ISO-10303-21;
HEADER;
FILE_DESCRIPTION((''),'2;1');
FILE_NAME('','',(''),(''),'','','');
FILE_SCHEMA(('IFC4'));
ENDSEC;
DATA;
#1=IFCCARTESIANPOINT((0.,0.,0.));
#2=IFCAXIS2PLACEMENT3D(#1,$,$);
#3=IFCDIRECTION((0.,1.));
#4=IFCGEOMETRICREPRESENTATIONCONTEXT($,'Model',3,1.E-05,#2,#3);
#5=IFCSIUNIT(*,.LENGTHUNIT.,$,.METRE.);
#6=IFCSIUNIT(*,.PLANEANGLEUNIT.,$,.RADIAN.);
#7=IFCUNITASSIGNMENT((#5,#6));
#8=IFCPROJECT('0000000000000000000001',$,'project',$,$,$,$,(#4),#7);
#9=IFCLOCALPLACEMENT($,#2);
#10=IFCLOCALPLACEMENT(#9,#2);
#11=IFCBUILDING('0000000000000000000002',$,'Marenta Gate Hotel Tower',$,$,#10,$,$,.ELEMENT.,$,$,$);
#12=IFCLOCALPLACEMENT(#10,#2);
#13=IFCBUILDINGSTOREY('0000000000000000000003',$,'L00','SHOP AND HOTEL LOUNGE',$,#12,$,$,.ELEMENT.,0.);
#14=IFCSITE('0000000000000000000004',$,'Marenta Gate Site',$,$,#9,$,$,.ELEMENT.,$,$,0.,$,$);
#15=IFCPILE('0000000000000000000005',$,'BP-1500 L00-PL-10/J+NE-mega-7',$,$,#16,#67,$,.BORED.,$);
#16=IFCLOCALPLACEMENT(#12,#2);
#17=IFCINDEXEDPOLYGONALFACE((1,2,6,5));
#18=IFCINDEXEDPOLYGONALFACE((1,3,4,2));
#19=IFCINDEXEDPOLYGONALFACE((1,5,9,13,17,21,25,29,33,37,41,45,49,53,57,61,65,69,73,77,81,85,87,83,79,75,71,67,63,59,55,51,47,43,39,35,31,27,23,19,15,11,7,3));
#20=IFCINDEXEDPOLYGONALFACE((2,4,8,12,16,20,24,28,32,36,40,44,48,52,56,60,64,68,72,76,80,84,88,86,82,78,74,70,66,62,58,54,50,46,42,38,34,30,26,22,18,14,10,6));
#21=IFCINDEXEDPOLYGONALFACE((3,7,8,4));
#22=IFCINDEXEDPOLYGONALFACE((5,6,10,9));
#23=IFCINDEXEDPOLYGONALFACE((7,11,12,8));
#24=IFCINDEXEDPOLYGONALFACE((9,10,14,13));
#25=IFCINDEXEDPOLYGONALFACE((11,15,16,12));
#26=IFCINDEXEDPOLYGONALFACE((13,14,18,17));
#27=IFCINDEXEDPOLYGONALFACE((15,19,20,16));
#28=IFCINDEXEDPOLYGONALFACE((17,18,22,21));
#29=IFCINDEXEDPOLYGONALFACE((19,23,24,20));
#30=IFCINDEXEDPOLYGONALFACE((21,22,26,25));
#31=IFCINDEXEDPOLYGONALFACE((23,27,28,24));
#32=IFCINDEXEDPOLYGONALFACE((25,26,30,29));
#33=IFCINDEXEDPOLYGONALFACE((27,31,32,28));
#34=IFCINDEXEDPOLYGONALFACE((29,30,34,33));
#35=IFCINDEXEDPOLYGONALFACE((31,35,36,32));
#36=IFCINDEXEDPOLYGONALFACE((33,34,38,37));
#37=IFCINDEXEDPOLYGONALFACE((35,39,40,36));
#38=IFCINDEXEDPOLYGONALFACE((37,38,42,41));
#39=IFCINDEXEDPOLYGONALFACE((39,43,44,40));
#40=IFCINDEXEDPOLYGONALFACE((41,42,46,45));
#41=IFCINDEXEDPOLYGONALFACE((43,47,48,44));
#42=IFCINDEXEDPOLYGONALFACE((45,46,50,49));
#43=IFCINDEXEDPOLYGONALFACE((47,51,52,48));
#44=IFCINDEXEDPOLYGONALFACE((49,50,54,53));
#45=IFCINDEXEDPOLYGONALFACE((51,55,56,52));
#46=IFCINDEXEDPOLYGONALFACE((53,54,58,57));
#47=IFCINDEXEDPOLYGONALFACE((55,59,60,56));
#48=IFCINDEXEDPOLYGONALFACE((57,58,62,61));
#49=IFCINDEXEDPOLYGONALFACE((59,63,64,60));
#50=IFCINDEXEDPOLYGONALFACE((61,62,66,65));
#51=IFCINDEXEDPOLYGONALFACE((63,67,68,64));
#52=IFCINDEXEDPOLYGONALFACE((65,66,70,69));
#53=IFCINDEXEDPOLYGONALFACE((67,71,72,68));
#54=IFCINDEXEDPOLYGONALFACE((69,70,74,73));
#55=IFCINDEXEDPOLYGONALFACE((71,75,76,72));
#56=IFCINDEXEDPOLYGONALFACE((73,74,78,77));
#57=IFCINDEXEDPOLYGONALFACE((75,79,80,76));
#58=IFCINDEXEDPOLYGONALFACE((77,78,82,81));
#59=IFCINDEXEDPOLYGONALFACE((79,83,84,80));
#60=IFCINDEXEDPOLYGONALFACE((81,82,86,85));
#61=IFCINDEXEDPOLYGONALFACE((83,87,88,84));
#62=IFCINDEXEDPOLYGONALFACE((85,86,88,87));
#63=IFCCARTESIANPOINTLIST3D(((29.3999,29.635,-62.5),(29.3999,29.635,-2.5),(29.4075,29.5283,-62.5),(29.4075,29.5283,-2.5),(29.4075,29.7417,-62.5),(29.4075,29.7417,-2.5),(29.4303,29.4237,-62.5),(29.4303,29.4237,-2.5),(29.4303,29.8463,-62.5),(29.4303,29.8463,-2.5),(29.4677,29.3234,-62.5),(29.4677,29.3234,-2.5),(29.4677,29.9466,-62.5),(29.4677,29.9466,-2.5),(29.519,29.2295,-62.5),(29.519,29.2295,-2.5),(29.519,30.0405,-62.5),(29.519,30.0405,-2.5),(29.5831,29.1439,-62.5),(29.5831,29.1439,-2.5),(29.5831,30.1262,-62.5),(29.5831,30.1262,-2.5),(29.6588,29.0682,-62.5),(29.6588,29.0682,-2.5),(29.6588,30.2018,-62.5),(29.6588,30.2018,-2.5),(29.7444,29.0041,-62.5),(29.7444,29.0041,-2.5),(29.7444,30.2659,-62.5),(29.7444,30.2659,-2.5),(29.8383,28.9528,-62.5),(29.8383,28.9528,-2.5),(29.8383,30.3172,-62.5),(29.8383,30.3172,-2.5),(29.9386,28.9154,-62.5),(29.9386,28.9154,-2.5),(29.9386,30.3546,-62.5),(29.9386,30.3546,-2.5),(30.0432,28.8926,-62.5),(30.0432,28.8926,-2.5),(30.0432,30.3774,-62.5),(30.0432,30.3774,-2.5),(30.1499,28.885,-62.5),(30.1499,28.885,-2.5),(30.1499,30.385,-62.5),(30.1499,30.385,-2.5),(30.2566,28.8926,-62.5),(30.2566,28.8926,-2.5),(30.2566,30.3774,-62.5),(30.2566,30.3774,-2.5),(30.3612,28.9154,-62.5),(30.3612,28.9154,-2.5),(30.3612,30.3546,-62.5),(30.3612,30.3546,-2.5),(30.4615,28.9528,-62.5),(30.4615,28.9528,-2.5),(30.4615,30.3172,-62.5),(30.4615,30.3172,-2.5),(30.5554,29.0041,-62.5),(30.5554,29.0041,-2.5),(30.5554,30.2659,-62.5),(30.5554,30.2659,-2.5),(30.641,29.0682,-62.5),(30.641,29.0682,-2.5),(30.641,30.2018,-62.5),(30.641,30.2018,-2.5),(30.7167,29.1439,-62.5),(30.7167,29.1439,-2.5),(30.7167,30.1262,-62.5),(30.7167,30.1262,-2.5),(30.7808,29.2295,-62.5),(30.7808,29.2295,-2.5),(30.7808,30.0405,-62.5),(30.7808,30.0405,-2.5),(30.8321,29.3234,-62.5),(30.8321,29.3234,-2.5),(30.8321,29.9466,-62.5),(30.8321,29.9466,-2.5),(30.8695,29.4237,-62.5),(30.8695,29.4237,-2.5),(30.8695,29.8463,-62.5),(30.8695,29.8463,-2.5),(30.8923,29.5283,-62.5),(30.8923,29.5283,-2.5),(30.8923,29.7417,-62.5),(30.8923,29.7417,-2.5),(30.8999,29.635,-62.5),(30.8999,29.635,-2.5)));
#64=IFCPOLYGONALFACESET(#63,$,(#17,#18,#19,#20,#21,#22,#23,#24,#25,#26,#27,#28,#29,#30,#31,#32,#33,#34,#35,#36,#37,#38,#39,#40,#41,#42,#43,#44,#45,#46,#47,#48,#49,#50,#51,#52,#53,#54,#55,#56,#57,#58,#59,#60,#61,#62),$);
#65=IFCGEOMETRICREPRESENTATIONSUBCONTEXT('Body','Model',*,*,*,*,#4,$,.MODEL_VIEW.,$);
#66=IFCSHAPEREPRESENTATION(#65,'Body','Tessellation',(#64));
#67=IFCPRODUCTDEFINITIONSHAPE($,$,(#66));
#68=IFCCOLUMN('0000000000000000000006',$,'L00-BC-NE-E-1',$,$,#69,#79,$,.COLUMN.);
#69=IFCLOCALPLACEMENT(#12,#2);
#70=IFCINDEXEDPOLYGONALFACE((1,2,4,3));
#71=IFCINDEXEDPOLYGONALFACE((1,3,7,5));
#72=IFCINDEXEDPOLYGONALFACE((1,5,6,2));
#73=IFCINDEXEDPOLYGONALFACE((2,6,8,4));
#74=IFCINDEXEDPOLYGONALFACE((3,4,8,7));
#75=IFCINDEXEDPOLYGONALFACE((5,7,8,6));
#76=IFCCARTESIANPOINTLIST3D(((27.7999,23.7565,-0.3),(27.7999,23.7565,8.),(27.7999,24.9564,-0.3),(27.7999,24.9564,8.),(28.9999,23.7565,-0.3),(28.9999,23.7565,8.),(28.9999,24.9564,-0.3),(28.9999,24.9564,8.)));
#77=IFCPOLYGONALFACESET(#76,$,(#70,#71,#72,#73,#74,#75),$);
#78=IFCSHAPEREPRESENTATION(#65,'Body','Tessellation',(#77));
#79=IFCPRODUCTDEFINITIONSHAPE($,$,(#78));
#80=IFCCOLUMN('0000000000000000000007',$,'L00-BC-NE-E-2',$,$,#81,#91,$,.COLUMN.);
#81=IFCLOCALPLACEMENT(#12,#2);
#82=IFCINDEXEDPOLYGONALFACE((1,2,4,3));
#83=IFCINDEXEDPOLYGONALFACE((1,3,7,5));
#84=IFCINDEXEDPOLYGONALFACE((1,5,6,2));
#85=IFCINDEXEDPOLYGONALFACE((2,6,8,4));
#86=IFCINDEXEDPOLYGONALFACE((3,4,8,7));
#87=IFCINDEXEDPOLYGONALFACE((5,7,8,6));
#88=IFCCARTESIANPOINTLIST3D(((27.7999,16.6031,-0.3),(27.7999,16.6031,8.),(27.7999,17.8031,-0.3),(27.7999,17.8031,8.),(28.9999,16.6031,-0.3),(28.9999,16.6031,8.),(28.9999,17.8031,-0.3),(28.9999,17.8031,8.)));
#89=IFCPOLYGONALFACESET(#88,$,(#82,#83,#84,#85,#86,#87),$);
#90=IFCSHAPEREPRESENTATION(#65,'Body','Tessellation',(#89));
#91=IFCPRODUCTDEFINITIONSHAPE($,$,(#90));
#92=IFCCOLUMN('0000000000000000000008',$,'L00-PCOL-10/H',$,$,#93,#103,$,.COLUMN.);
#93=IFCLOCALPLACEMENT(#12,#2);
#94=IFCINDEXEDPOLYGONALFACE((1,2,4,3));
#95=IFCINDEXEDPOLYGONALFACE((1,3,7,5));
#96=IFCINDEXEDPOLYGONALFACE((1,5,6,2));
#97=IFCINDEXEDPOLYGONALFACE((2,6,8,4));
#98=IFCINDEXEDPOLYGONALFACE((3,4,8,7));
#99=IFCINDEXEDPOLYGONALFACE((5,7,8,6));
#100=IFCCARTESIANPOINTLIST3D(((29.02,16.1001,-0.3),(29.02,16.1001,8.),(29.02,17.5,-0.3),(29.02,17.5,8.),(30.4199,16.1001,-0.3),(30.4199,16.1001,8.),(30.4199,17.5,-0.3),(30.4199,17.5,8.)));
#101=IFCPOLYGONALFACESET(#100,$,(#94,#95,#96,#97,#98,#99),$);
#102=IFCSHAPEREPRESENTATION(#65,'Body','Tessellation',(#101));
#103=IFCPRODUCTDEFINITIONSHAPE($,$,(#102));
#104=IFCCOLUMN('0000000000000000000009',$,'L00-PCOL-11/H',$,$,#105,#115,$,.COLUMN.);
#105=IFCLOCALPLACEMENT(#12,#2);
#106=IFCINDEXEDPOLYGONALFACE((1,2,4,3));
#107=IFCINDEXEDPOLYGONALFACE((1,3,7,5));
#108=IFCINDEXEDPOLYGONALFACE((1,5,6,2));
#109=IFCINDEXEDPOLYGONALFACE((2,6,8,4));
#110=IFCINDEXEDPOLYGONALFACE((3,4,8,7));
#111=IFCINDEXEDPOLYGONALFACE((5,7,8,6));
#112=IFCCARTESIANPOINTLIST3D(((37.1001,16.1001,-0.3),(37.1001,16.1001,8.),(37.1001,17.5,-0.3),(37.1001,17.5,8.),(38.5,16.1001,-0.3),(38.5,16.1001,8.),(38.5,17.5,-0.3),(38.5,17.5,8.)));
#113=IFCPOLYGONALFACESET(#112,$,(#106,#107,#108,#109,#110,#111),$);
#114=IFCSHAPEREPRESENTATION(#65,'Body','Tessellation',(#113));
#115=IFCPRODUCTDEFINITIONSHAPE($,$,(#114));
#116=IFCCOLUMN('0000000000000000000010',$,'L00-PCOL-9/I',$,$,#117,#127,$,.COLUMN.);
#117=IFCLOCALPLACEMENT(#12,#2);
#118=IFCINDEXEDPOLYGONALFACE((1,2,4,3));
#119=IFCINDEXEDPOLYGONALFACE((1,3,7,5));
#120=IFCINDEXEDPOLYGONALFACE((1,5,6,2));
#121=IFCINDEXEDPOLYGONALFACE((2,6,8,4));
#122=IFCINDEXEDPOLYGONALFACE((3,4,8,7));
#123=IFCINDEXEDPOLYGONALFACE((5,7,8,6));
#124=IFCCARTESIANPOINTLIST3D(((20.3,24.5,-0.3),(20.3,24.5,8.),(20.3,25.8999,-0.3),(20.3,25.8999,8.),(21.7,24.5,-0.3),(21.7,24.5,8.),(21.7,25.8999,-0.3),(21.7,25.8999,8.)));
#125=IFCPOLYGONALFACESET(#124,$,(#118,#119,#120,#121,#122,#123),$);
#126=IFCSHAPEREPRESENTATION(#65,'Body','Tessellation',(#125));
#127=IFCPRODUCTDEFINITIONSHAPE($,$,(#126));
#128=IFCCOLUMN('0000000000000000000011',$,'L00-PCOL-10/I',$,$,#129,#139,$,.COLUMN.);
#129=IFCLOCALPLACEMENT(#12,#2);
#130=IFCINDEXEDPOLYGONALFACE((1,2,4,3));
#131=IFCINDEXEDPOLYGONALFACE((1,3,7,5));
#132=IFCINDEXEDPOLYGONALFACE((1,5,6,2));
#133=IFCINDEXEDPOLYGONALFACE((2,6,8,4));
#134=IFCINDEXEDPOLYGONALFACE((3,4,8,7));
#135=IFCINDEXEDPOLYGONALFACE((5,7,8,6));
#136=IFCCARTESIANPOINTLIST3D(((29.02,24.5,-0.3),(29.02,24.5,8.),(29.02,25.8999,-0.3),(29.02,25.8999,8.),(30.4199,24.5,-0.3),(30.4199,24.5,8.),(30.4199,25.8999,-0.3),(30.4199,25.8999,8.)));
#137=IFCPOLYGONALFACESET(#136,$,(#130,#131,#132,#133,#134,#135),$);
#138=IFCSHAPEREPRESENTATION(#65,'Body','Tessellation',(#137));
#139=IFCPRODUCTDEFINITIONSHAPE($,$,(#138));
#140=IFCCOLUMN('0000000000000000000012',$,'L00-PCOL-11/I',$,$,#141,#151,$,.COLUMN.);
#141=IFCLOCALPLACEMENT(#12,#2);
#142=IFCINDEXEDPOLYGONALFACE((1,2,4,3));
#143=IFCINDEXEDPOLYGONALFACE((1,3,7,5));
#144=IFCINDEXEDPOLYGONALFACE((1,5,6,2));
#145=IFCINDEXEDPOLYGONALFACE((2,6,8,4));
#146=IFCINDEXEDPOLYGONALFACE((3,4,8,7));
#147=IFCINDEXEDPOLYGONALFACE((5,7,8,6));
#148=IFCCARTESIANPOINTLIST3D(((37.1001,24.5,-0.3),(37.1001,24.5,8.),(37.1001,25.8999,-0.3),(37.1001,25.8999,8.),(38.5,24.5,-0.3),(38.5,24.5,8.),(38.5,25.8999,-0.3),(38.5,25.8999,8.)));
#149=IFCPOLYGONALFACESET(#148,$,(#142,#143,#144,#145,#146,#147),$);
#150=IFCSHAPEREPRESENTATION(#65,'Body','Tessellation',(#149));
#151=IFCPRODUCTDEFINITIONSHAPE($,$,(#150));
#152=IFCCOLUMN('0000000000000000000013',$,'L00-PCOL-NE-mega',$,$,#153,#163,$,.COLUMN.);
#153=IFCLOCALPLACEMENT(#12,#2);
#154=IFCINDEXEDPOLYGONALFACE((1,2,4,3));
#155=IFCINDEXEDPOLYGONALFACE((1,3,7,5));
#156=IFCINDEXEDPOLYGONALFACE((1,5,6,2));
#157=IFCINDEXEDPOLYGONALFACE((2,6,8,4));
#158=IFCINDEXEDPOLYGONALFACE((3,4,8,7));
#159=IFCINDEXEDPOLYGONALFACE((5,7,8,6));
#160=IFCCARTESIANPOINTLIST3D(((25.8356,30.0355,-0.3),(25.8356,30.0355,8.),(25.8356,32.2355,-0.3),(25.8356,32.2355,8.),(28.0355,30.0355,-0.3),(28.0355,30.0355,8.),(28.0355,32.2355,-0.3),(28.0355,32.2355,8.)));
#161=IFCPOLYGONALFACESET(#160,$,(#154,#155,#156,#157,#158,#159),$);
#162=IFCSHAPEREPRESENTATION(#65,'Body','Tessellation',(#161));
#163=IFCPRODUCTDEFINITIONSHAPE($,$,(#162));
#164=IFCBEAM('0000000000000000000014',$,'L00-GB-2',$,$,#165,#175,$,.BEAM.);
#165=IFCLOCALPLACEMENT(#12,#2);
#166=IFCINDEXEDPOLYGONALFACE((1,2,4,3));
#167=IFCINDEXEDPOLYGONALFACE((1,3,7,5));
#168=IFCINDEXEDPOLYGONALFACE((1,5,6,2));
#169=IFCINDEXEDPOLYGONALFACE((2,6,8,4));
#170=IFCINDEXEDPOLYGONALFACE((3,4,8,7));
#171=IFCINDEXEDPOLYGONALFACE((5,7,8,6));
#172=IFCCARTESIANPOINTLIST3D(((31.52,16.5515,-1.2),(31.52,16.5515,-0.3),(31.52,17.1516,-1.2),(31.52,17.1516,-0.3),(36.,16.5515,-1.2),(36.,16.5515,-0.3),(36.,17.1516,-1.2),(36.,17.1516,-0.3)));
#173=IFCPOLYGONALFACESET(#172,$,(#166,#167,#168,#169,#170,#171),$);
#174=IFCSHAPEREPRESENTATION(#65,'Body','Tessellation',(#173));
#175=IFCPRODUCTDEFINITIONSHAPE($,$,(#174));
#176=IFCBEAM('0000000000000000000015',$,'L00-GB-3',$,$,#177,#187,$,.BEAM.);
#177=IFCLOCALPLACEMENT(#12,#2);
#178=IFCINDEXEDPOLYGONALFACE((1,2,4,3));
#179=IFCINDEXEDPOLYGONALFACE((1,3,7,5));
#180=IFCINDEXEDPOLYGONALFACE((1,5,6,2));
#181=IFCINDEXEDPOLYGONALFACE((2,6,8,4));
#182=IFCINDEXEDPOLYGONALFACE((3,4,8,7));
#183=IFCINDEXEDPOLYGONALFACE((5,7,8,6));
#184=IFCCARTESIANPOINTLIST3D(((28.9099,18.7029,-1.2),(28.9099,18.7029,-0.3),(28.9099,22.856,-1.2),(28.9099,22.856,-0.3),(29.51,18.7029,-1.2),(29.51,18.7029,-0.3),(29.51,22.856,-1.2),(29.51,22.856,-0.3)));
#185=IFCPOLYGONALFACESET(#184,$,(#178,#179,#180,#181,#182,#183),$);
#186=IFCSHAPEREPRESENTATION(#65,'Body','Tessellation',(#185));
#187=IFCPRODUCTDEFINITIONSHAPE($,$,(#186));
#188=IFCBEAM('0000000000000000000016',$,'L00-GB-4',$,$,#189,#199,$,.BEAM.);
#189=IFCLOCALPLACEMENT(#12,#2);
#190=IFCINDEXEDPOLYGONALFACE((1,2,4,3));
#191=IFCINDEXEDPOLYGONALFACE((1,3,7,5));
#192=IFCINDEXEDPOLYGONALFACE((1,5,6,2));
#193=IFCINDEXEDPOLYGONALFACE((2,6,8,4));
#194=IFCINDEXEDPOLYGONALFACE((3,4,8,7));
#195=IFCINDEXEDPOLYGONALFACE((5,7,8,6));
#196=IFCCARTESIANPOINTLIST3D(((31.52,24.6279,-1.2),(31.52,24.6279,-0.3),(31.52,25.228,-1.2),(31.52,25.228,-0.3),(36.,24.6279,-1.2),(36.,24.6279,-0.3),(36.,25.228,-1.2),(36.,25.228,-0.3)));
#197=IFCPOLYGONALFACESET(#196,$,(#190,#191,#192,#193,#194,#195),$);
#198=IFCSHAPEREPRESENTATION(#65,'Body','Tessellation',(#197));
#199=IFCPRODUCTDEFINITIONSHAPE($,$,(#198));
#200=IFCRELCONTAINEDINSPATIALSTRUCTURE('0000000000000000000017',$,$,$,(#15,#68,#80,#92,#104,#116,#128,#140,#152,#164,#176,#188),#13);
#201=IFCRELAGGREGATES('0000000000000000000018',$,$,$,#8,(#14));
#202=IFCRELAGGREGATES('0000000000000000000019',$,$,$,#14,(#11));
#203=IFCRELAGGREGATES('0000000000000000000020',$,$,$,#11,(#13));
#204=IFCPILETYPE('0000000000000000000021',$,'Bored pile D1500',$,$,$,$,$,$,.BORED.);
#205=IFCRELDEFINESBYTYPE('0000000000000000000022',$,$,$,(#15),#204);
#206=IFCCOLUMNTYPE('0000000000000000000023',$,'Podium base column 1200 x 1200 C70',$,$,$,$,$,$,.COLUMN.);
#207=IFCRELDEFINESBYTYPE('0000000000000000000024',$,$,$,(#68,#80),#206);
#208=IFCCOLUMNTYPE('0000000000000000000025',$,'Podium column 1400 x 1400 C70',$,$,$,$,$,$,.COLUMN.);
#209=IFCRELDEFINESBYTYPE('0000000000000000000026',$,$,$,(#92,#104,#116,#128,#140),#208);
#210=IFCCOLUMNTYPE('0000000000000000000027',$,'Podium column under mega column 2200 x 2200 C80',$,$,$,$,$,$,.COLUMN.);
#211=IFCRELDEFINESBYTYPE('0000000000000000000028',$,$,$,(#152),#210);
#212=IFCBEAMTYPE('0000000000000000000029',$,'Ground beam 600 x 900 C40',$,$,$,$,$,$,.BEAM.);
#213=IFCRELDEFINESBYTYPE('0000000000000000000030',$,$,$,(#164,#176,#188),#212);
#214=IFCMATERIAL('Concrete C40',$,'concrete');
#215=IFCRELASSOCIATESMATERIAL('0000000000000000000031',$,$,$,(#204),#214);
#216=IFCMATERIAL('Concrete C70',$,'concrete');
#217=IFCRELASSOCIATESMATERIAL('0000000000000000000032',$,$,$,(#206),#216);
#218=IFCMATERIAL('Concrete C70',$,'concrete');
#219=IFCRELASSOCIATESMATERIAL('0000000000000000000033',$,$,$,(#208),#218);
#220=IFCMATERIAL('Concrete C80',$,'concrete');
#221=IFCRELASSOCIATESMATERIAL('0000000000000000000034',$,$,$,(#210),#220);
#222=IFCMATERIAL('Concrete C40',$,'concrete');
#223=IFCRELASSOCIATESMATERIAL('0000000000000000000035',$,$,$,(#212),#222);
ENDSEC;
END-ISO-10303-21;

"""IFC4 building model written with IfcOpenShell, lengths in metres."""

from ifc_helpers import new_model, si_unit, direction, frame, origin, origin_2d, place, context, subcontext, project, spatial, rectangle, circle, extrude, material, material_profile, profile_set, type_object, element, save


model = new_model("IFC4")

# Units and contexts
model_context = context("Model", 3, precision=1e-05, world=origin(), true_north=direction((0.0, 1.0)))
body_context = subcontext(model_context, "Body", "Model", "MODEL_VIEW")
ifc_project = project(units=[si_unit("LENGTHUNIT", "METRE"), si_unit("PLANEANGLEUNIT", "RADIAN")], contexts=[model_context])

# Site, building, storey
site_placement = place(None, origin())
site = spatial("IfcSite", under=ifc_project, at=site_placement, Name="Marenta Gate Site", CompositionType="ELEMENT", RefElevation=0.0)
building_placement = place(site_placement, origin())
building = spatial("IfcBuilding", under=site, at=building_placement, Name="Marenta Gate Hotel Tower", CompositionType="ELEMENT")
storey_placement = place(building_placement, origin())
storey = spatial("IfcBuildingStorey", under=building, at=storey_placement, Name="L00", Description="SHOP AND HOTEL LOUNGE", CompositionType="ELEMENT", Elevation=0.0)

# Pile
ifc_material_1 = material(Name="Concrete C40", Category="concrete")
pile_type = type_object("IfcPileType", Name="Bored pile D1500", PredefinedType="BORED", material=ifc_material_1)
for number, where, z_axis, x_axis, name in (
    (1, (30.1499, 29.635, -2.5), (0.0, 0.0, -1.0), (1.0, 0.0, 0.0), "BP-1500 L00-PL-10/J+NE-mega-7"),
):
    element("IfcPile", number, at=place(storey_placement, frame(where, z_axis=z_axis, x_axis=x_axis)), inside=storey, type_object=pile_type, Name=name, PredefinedType="BORED", context=body_context, shape_type="SweptSolid", body=[
        extrude(circle(Radius=0.75, at=origin_2d()), origin(), (0.0, 0.0, 1.0), 60.0),
    ])

# Columns
ifc_material_2 = material(Name="Concrete C70", Category="concrete")
ifc_material_profile_1 = material_profile(ifc_material_2, rectangle(XDim=1.2, YDim=1.2, at=origin_2d()), Name="1200 x 1200")
ifc_profile_set_1 = profile_set([ifc_material_profile_1], Name="Concrete C70")
column_type_1 = type_object("IfcColumnType", Name="Podium base column 1200 x 1200 C70", PredefinedType="COLUMN", material=ifc_profile_set_1)
for number, where, z_axis, x_axis, name in (
    (2, (28.3999, 24.3564, -0.3), (0.0, 0.0, 1.0), (1.0, 0.0, 0.0), "L00-BC-NE-E-1"),
    (3, (28.3999, 17.2031, -0.3), (0.0, 0.0, 1.0), (1.0, 0.0, 0.0), "L00-BC-NE-E-2"),
):
    element("IfcColumn", number, at=place(storey_placement, frame(where, z_axis=z_axis, x_axis=x_axis)), inside=storey, type_object=column_type_1, Name=name, PredefinedType="COLUMN", context=body_context, shape_type="SweptSolid", body=[
        extrude(rectangle(XDim=1.2, YDim=1.2, at=origin_2d()), origin(), (0.0, 0.0, 1.0), 8.3),
    ])
ifc_material_3 = material(Name="Concrete C70", Category="concrete")
ifc_material_profile_2 = material_profile(ifc_material_3, rectangle(XDim=1.3999, YDim=1.3999, at=origin_2d()), Name="1400 x 1400")
ifc_profile_set_2 = profile_set([ifc_material_profile_2], Name="Concrete C70")
column_type_2 = type_object("IfcColumnType", Name="Podium column 1400 x 1400 C70", PredefinedType="COLUMN", material=ifc_profile_set_2)
for number, where, z_axis, x_axis, name in (
    (4, (29.72, 16.8, -0.3), (0.0, 0.0, 1.0), (1.0, 0.0, 0.0), "L00-PCOL-10/H"),
    (5, (37.8, 16.8, -0.3), (0.0, 0.0, 1.0), (1.0, 0.0, 0.0), "L00-PCOL-11/H"),
    (6, (21.0, 25.2, -0.3), (0.0, 0.0, 1.0), (1.0, 0.0, 0.0), "L00-PCOL-9/I"),
    (7, (29.72, 25.2, -0.3), (0.0, 0.0, 1.0), (1.0, 0.0, 0.0), "L00-PCOL-10/I"),
    (8, (37.8, 25.2, -0.3), (0.0, 0.0, 1.0), (1.0, 0.0, 0.0), "L00-PCOL-11/I"),
):
    element("IfcColumn", number, at=place(storey_placement, frame(where, z_axis=z_axis, x_axis=x_axis)), inside=storey, type_object=column_type_2, Name=name, PredefinedType="COLUMN", context=body_context, shape_type="SweptSolid", body=[
        extrude(rectangle(XDim=1.3999, YDim=1.3999, at=origin_2d()), origin(), (0.0, 0.0, 1.0), 8.3),
    ])
ifc_material_4 = material(Name="Concrete C80", Category="concrete")
ifc_material_profile_3 = material_profile(ifc_material_4, rectangle(XDim=2.2, YDim=2.2, at=origin_2d()), Name="2200 x 2200")
ifc_profile_set_3 = profile_set([ifc_material_profile_3], Name="Concrete C80")
column_type_3 = type_object("IfcColumnType", Name="Podium column under mega column 2200 x 2200 C80", PredefinedType="COLUMN", material=ifc_profile_set_3)
column_placement = place(storey_placement, frame((26.9355, 31.1355, -0.3), z_axis=(0.0, 0.0, 1.0), x_axis=(1.0, 0.0, 0.0)))
element("IfcColumn", 9, at=column_placement, inside=storey, type_object=column_type_3, Name="L00-PCOL-NE-mega", PredefinedType="COLUMN", context=body_context, shape_type="SweptSolid", body=[
    extrude(rectangle(XDim=2.2, YDim=2.2, at=origin_2d()), origin(), (0.0, 0.0, 1.0), 8.3),
])

# Beams
ifc_material_5 = material(Name="Concrete C40", Category="concrete")
ifc_material_profile_4 = material_profile(ifc_material_5, rectangle(XDim=0.6001, YDim=0.8999, at=origin_2d()), Name="600 x 900")
ifc_profile_set_4 = profile_set([ifc_material_profile_4], Name="Concrete C40")
beam_type = type_object("IfcBeamType", Name="Ground beam 600 x 900 C40", PredefinedType="BEAM", material=ifc_profile_set_4)
beam_1_placement = place(storey_placement, frame((31.52, 16.8516, -0.75), z_axis=(1.0, 0.0, 0.0), x_axis=(0.0, 1.0, 0.0)))
element("IfcBeam", 10, at=beam_1_placement, inside=storey, type_object=beam_type, Name="L00-GB-2", PredefinedType="BEAM", context=body_context, shape_type="SweptSolid", body=[
    extrude(rectangle(XDim=0.6001, YDim=0.8999, at=origin_2d()), origin(), (0.0, 0.0, 1.0), 4.48),
])
beam_2_placement = place(storey_placement, frame((29.21, 18.7029, -0.75), z_axis=(0.0, 1.0, 0.0), x_axis=(-1.0, 0.0, 0.0)))
element("IfcBeam", 11, at=beam_2_placement, inside=storey, type_object=beam_type, Name="L00-GB-3", PredefinedType="BEAM", context=body_context, shape_type="SweptSolid", body=[
    extrude(rectangle(XDim=0.6001, YDim=0.8999, at=origin_2d()), origin(), (0.0, 0.0, 1.0), 4.1531),
])
beam_3_placement = place(storey_placement, frame((31.52, 24.928, -0.75), z_axis=(1.0, 0.0, 0.0), x_axis=(0.0, 1.0, 0.0)))
element("IfcBeam", 12, at=beam_3_placement, inside=storey, type_object=beam_type, Name="L00-GB-4", PredefinedType="BEAM", context=body_context, shape_type="SweptSolid", body=[
    extrude(rectangle(XDim=0.6001, YDim=0.8999, at=origin_2d()), origin(), (0.0, 0.0, 1.0), 4.48),
])

save(model, "model.ifc")
